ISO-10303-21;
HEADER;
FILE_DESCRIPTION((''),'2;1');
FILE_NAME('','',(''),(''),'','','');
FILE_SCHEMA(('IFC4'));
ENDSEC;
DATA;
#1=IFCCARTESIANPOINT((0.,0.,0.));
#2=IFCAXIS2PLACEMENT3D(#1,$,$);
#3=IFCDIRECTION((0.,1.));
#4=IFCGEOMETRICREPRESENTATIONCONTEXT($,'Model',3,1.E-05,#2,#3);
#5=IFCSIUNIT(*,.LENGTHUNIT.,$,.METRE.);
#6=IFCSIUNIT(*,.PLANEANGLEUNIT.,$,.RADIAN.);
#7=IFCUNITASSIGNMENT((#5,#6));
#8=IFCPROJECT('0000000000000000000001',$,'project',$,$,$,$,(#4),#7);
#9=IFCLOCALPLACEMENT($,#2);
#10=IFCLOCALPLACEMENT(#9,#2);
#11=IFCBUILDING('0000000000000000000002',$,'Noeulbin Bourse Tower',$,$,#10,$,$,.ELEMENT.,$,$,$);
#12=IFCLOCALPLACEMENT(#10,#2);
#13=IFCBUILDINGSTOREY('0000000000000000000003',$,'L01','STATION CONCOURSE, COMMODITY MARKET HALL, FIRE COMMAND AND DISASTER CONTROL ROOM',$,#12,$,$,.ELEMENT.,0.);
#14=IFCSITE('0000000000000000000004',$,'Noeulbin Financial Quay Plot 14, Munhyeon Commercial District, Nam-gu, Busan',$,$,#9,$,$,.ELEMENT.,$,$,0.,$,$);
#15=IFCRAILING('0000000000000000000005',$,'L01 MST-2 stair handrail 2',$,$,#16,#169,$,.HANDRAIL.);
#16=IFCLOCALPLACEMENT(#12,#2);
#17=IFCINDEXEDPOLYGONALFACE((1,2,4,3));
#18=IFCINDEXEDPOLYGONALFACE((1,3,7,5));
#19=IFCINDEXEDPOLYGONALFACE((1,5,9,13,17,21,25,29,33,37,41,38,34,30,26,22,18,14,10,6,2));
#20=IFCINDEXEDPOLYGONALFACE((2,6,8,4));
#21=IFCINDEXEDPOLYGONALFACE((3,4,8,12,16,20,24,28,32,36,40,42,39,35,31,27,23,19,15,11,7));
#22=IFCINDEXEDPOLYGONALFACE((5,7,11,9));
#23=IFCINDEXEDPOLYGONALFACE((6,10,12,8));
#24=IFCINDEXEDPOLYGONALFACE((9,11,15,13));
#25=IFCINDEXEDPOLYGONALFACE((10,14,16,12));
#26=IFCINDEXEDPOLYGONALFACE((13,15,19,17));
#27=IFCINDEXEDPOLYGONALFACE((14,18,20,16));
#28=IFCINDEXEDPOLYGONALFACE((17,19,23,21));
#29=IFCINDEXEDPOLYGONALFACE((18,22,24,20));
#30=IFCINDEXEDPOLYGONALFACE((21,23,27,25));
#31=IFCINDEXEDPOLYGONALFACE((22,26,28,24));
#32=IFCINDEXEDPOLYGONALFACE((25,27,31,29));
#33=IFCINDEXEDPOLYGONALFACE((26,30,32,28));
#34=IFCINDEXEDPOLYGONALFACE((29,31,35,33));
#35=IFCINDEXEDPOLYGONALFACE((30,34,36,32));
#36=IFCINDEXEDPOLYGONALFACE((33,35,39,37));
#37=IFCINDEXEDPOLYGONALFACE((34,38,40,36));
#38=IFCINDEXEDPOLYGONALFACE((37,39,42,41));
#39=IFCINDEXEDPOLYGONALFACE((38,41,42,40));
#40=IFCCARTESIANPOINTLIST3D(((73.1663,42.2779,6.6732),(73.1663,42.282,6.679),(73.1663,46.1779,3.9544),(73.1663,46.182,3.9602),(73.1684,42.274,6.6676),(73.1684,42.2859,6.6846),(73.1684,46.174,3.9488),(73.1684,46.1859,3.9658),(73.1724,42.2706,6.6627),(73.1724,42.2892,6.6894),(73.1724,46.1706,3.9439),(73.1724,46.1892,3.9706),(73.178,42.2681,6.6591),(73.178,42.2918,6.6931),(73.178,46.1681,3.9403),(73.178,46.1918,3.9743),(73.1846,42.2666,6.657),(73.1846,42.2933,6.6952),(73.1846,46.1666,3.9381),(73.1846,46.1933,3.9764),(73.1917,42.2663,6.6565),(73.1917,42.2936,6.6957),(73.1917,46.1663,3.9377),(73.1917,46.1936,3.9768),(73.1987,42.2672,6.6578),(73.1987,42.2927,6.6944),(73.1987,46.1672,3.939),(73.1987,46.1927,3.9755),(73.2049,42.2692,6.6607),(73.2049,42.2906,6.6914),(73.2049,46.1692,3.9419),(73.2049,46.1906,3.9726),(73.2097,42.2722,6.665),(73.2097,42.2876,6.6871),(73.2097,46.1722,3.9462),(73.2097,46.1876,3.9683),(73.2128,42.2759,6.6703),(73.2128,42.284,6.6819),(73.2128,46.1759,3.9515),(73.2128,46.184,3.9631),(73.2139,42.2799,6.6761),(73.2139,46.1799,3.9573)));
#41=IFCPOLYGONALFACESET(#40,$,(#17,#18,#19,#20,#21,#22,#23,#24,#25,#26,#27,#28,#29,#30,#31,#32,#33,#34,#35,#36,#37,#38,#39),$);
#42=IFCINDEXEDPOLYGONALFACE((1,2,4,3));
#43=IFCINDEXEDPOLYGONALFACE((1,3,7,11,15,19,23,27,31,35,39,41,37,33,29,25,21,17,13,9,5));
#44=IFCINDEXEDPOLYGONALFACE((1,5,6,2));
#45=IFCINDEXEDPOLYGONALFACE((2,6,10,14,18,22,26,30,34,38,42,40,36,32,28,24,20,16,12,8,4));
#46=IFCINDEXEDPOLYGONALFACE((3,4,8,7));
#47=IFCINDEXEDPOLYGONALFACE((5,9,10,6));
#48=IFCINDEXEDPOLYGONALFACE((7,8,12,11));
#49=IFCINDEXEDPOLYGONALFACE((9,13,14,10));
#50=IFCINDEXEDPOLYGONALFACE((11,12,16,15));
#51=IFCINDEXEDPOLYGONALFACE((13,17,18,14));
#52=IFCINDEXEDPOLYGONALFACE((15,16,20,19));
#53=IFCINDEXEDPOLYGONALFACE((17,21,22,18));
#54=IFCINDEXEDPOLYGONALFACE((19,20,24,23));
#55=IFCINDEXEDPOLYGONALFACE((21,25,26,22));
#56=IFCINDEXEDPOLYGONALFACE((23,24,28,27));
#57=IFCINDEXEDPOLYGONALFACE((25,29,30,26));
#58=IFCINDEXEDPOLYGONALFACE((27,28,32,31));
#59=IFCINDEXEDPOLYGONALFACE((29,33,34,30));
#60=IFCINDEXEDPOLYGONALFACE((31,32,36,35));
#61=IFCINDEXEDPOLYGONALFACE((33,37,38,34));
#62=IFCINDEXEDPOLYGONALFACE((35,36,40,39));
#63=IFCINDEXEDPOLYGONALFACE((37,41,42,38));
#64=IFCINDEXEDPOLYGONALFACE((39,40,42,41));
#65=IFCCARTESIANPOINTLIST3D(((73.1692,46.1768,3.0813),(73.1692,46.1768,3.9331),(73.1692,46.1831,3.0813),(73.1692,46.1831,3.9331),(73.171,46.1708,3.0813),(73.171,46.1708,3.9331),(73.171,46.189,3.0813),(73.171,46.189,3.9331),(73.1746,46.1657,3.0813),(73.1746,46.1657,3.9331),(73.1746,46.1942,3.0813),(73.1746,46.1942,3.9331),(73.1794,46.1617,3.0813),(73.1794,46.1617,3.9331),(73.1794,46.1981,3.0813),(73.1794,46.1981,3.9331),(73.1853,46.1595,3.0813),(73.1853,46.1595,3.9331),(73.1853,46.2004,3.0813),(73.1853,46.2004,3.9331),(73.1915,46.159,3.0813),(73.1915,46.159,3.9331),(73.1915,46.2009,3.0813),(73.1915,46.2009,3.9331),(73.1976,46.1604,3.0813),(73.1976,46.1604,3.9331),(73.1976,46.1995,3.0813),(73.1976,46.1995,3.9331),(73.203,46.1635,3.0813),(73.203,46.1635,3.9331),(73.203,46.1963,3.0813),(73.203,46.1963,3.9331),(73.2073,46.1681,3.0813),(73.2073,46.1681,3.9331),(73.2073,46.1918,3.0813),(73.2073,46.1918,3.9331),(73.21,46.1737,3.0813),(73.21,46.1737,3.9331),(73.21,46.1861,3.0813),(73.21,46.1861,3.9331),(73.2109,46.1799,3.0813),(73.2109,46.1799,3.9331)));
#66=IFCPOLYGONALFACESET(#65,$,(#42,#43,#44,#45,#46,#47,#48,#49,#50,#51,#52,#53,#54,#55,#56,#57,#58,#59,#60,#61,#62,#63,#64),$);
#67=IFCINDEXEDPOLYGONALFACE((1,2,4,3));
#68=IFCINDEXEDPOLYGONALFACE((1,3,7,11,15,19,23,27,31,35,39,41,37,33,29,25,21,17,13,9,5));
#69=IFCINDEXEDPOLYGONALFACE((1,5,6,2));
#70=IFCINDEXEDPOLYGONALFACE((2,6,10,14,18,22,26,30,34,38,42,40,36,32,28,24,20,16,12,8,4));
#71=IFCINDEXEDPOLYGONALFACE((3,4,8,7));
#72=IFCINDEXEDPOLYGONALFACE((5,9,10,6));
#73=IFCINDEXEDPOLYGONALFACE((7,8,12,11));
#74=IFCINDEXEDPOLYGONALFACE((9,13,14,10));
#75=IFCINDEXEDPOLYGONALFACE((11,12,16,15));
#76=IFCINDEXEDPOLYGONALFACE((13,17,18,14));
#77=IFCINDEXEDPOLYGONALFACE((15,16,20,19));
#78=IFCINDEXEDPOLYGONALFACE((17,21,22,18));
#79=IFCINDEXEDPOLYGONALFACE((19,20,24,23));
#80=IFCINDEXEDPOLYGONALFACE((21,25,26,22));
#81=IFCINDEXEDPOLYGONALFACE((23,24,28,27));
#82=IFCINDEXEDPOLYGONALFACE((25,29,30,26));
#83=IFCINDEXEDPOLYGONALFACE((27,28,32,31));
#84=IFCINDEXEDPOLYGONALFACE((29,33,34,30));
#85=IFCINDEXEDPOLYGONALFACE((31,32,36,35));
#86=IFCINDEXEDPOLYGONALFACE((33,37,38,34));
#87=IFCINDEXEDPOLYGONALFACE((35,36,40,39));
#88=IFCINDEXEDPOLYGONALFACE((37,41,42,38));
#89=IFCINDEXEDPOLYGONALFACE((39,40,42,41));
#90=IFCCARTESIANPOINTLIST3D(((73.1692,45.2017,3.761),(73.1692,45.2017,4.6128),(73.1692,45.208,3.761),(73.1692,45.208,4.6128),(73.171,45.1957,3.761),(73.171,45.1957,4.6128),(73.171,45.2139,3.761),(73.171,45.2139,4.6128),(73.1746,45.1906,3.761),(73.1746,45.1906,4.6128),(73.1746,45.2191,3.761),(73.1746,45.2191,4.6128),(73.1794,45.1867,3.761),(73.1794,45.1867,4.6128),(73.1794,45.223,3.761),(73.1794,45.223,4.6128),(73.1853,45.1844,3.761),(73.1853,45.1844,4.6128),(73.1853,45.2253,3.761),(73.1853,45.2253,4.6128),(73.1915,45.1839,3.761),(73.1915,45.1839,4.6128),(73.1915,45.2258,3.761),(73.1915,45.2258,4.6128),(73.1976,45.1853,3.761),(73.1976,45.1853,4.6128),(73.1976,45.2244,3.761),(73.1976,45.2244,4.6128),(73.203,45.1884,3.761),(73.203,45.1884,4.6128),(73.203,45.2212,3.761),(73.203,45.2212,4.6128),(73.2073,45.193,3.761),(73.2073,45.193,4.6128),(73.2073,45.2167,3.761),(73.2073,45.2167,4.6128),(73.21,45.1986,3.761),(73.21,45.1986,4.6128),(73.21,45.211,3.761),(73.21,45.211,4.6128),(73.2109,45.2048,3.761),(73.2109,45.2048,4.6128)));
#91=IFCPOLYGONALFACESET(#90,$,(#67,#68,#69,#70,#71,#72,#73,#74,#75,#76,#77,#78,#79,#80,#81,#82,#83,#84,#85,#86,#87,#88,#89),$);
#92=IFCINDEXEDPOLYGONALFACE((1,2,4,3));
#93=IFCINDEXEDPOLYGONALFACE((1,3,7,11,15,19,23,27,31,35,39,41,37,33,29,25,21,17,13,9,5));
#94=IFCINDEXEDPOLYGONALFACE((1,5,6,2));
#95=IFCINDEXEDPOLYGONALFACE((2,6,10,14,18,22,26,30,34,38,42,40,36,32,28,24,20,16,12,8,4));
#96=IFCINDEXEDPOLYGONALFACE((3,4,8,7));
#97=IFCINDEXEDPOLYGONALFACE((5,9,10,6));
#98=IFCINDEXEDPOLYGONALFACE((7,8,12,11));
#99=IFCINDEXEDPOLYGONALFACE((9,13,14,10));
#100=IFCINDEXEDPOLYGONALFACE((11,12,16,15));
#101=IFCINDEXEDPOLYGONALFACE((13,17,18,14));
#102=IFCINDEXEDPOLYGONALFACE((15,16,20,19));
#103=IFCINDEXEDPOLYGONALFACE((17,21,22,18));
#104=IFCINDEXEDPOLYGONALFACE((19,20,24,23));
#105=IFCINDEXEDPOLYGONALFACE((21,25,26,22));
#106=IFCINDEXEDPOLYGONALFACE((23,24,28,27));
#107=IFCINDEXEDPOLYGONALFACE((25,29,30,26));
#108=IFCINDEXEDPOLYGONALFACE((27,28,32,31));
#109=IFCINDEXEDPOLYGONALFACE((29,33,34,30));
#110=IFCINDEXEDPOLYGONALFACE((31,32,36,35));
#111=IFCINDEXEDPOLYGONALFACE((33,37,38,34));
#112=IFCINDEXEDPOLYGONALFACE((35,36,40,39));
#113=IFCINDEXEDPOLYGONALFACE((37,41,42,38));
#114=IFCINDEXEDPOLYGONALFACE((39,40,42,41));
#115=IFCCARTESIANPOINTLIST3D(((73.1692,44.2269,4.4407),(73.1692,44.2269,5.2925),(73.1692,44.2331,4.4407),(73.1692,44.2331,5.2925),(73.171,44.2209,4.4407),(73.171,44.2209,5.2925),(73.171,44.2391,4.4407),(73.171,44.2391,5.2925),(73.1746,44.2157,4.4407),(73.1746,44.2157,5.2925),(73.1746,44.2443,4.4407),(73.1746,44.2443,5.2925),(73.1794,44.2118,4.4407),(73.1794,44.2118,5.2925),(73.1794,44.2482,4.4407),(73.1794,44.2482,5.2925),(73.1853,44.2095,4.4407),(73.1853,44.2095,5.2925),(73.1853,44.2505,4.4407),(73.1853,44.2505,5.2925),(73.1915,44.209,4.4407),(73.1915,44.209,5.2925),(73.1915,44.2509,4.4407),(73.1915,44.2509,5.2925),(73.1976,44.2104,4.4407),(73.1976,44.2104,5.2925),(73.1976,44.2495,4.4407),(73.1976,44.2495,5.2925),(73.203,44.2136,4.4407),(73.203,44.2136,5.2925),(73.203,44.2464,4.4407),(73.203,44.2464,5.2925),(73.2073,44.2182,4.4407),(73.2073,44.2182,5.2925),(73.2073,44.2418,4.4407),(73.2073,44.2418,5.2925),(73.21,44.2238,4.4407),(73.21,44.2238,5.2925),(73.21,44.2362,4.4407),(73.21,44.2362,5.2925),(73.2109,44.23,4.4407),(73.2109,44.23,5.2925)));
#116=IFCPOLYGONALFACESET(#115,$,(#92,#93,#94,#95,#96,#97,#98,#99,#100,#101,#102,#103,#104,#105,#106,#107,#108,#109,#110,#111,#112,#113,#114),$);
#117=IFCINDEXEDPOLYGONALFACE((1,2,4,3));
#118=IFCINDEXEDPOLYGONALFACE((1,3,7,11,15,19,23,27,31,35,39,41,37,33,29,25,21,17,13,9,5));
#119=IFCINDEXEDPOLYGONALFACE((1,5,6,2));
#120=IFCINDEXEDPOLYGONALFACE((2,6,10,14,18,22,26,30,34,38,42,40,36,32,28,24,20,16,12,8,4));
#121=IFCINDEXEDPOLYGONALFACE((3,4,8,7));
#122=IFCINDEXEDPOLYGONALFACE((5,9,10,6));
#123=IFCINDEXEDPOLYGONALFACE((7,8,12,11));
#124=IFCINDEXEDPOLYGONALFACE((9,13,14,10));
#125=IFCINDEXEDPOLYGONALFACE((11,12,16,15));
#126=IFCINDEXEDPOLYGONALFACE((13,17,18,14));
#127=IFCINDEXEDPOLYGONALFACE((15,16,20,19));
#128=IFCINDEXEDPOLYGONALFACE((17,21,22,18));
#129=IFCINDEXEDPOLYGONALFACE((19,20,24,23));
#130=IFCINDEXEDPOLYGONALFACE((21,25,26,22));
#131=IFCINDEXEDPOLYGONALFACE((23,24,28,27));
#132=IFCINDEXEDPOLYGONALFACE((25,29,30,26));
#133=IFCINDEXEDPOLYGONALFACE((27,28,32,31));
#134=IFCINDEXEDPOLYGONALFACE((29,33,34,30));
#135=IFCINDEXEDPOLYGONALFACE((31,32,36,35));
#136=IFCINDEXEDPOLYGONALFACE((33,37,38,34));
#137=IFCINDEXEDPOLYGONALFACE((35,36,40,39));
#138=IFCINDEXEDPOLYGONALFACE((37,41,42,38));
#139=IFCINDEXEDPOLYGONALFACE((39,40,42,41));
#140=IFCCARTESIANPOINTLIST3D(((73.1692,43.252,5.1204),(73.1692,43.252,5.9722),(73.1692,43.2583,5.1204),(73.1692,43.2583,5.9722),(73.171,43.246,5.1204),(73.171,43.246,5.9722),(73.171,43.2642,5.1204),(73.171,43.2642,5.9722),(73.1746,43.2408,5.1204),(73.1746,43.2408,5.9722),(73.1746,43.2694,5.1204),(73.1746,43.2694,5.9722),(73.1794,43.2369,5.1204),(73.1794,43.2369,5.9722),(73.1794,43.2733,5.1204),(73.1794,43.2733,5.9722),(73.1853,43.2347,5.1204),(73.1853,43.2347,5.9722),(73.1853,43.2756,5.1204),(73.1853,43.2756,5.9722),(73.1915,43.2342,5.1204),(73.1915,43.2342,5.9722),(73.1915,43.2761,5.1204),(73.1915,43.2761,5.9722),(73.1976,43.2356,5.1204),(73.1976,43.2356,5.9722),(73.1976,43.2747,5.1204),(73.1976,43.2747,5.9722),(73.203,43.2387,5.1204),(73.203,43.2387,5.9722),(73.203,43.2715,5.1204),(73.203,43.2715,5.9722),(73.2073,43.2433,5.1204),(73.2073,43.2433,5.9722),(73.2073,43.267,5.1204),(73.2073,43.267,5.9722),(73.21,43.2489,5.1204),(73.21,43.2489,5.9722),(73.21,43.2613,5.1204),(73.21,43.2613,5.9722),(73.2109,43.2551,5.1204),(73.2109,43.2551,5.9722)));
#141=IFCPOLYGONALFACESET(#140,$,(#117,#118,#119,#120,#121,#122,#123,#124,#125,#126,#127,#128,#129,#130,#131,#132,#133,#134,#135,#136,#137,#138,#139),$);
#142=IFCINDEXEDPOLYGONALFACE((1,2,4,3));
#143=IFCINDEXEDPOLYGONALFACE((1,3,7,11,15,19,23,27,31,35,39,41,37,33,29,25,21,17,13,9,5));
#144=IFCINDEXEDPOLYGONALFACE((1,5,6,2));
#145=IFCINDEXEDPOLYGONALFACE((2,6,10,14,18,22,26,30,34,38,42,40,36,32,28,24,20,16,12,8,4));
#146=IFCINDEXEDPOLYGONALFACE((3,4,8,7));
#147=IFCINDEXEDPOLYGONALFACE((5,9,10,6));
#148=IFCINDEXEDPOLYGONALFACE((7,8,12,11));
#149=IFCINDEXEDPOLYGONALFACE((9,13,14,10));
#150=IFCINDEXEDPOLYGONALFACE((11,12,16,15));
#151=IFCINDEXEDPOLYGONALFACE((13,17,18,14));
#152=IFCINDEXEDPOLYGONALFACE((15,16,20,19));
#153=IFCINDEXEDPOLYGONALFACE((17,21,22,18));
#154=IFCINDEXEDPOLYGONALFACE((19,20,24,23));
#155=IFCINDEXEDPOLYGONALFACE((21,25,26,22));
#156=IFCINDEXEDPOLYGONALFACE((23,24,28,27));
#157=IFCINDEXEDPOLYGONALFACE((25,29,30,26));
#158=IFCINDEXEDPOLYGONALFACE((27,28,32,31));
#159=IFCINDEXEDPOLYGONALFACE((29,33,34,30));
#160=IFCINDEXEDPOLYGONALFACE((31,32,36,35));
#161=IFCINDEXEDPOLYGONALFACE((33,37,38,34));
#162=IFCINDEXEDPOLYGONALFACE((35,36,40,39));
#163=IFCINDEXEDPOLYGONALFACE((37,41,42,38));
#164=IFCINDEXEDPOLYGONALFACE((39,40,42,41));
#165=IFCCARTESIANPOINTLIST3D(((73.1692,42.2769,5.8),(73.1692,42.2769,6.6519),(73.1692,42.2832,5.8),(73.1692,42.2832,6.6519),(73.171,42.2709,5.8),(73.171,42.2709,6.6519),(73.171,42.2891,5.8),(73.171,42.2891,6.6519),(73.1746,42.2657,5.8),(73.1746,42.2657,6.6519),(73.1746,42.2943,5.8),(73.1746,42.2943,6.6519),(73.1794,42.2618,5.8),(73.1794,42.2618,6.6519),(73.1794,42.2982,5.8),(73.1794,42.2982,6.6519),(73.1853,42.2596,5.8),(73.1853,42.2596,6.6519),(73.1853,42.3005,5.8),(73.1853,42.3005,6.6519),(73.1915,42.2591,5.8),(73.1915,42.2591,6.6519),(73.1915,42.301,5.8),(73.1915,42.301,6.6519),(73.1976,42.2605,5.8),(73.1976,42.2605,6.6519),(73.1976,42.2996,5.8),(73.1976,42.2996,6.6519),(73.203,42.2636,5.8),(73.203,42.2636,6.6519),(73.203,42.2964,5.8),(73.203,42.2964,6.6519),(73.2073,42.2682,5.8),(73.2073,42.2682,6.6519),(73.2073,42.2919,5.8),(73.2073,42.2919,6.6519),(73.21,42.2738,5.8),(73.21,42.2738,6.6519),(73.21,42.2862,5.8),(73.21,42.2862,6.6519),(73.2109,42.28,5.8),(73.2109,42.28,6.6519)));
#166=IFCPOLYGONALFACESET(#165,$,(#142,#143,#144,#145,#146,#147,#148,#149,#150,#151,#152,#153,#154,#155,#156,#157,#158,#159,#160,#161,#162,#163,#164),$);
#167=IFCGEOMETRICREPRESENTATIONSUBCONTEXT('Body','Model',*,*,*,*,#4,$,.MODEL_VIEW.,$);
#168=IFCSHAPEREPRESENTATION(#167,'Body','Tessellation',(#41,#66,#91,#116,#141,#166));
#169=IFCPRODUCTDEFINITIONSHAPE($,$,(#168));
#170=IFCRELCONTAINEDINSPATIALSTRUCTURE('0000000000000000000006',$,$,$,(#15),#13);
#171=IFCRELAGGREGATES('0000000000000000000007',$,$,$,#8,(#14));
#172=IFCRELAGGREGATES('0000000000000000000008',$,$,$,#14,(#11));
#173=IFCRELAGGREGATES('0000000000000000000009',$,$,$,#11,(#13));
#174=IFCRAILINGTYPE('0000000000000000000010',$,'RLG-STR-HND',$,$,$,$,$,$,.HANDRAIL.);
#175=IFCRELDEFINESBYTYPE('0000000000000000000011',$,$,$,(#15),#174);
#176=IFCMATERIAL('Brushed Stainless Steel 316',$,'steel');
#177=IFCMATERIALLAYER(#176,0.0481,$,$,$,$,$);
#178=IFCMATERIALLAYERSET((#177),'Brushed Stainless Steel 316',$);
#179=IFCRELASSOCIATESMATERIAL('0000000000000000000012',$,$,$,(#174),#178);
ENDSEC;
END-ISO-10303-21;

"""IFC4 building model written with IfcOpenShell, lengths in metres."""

from ifc_helpers import new_model, si_unit, direction, frame, origin, origin_2d, place, context, subcontext, project, spatial, circle, extrude, material, layer, layer_set, type_object, element, save


model = new_model("IFC4")

# Units and contexts
model_context = context("Model", 3, precision=1e-05, world=origin(), true_north=direction((0.0, 1.0)))
body_context = subcontext(model_context, "Body", "Model", "MODEL_VIEW")
ifc_project = project(units=[si_unit("LENGTHUNIT", "METRE"), si_unit("PLANEANGLEUNIT", "RADIAN")], contexts=[model_context])

# Site, building, storey
site_placement = place(None, origin())
site = spatial("IfcSite", under=ifc_project, at=site_placement, Name="Noeulbin Financial Quay Plot 14, Munhyeon Commercial District, Nam-gu, Busan", CompositionType="ELEMENT", RefElevation=0.0)
building_placement = place(site_placement, origin())
building = spatial("IfcBuilding", under=site, at=building_placement, Name="Noeulbin Bourse Tower", CompositionType="ELEMENT")
storey_placement = place(building_placement, origin())
storey = spatial("IfcBuildingStorey", under=building, at=storey_placement, Name="L01", Description="STATION CONCOURSE, COMMODITY MARKET HALL, FIRE COMMAND AND DISASTER CONTROL ROOM", CompositionType="ELEMENT", Elevation=0.0)

# Railing
ifc_material_1 = material(Name="Brushed Stainless Steel 316", Category="steel")
ifc_layer_1 = layer(ifc_material_1, 0.0481)
ifc_layer_set_1 = layer_set([ifc_layer_1], Name="Brushed Stainless Steel 316")
railing_type_1 = type_object("IfcRailingType", Name="RLG-STR-HND", PredefinedType="HANDRAIL", material=ifc_layer_set_1)
railing_1_placement = place(storey_placement, frame((73.1899, 46.1799, 3.0813)))
element("IfcRailing", 1, at=railing_1_placement, inside=storey, type_object=railing_type_1, Name="L01 MST-2 stair handrail 2", PredefinedType="HANDRAIL", context=body_context, shape_type="SweptSolid", body=[
    extrude(circle(Radius=0.0239, at=origin_2d()), frame((0.0, 0.0, 0.876), z_axis=(0.0, -0.820335, 0.571883), x_axis=(1.0, 0.0, 0.0)), (0.0, 0.0, 1.0), 4.7542),
    extrude(circle(Radius=0.021, at=origin_2d()), origin(), (0.0, 0.0, 1.0), 0.8518),
    extrude(circle(Radius=0.021, at=origin_2d()), frame((0.0, -0.9751, 0.6797)), (0.0, 0.0, 1.0), 0.8518),
    extrude(circle(Radius=0.021, at=origin_2d()), frame((0.0, -1.95, 1.3594)), (0.0, 0.0, 1.0), 0.8518),
    extrude(circle(Radius=0.021, at=origin_2d()), frame((0.0, -2.9248, 2.0391)), (0.0, 0.0, 1.0), 0.8518),
    extrude(circle(Radius=0.021, at=origin_2d()), frame((0.0, -3.8999, 2.7188)), (0.0, 0.0, 1.0), 0.8518),
])

save(model, "model.ifc")
